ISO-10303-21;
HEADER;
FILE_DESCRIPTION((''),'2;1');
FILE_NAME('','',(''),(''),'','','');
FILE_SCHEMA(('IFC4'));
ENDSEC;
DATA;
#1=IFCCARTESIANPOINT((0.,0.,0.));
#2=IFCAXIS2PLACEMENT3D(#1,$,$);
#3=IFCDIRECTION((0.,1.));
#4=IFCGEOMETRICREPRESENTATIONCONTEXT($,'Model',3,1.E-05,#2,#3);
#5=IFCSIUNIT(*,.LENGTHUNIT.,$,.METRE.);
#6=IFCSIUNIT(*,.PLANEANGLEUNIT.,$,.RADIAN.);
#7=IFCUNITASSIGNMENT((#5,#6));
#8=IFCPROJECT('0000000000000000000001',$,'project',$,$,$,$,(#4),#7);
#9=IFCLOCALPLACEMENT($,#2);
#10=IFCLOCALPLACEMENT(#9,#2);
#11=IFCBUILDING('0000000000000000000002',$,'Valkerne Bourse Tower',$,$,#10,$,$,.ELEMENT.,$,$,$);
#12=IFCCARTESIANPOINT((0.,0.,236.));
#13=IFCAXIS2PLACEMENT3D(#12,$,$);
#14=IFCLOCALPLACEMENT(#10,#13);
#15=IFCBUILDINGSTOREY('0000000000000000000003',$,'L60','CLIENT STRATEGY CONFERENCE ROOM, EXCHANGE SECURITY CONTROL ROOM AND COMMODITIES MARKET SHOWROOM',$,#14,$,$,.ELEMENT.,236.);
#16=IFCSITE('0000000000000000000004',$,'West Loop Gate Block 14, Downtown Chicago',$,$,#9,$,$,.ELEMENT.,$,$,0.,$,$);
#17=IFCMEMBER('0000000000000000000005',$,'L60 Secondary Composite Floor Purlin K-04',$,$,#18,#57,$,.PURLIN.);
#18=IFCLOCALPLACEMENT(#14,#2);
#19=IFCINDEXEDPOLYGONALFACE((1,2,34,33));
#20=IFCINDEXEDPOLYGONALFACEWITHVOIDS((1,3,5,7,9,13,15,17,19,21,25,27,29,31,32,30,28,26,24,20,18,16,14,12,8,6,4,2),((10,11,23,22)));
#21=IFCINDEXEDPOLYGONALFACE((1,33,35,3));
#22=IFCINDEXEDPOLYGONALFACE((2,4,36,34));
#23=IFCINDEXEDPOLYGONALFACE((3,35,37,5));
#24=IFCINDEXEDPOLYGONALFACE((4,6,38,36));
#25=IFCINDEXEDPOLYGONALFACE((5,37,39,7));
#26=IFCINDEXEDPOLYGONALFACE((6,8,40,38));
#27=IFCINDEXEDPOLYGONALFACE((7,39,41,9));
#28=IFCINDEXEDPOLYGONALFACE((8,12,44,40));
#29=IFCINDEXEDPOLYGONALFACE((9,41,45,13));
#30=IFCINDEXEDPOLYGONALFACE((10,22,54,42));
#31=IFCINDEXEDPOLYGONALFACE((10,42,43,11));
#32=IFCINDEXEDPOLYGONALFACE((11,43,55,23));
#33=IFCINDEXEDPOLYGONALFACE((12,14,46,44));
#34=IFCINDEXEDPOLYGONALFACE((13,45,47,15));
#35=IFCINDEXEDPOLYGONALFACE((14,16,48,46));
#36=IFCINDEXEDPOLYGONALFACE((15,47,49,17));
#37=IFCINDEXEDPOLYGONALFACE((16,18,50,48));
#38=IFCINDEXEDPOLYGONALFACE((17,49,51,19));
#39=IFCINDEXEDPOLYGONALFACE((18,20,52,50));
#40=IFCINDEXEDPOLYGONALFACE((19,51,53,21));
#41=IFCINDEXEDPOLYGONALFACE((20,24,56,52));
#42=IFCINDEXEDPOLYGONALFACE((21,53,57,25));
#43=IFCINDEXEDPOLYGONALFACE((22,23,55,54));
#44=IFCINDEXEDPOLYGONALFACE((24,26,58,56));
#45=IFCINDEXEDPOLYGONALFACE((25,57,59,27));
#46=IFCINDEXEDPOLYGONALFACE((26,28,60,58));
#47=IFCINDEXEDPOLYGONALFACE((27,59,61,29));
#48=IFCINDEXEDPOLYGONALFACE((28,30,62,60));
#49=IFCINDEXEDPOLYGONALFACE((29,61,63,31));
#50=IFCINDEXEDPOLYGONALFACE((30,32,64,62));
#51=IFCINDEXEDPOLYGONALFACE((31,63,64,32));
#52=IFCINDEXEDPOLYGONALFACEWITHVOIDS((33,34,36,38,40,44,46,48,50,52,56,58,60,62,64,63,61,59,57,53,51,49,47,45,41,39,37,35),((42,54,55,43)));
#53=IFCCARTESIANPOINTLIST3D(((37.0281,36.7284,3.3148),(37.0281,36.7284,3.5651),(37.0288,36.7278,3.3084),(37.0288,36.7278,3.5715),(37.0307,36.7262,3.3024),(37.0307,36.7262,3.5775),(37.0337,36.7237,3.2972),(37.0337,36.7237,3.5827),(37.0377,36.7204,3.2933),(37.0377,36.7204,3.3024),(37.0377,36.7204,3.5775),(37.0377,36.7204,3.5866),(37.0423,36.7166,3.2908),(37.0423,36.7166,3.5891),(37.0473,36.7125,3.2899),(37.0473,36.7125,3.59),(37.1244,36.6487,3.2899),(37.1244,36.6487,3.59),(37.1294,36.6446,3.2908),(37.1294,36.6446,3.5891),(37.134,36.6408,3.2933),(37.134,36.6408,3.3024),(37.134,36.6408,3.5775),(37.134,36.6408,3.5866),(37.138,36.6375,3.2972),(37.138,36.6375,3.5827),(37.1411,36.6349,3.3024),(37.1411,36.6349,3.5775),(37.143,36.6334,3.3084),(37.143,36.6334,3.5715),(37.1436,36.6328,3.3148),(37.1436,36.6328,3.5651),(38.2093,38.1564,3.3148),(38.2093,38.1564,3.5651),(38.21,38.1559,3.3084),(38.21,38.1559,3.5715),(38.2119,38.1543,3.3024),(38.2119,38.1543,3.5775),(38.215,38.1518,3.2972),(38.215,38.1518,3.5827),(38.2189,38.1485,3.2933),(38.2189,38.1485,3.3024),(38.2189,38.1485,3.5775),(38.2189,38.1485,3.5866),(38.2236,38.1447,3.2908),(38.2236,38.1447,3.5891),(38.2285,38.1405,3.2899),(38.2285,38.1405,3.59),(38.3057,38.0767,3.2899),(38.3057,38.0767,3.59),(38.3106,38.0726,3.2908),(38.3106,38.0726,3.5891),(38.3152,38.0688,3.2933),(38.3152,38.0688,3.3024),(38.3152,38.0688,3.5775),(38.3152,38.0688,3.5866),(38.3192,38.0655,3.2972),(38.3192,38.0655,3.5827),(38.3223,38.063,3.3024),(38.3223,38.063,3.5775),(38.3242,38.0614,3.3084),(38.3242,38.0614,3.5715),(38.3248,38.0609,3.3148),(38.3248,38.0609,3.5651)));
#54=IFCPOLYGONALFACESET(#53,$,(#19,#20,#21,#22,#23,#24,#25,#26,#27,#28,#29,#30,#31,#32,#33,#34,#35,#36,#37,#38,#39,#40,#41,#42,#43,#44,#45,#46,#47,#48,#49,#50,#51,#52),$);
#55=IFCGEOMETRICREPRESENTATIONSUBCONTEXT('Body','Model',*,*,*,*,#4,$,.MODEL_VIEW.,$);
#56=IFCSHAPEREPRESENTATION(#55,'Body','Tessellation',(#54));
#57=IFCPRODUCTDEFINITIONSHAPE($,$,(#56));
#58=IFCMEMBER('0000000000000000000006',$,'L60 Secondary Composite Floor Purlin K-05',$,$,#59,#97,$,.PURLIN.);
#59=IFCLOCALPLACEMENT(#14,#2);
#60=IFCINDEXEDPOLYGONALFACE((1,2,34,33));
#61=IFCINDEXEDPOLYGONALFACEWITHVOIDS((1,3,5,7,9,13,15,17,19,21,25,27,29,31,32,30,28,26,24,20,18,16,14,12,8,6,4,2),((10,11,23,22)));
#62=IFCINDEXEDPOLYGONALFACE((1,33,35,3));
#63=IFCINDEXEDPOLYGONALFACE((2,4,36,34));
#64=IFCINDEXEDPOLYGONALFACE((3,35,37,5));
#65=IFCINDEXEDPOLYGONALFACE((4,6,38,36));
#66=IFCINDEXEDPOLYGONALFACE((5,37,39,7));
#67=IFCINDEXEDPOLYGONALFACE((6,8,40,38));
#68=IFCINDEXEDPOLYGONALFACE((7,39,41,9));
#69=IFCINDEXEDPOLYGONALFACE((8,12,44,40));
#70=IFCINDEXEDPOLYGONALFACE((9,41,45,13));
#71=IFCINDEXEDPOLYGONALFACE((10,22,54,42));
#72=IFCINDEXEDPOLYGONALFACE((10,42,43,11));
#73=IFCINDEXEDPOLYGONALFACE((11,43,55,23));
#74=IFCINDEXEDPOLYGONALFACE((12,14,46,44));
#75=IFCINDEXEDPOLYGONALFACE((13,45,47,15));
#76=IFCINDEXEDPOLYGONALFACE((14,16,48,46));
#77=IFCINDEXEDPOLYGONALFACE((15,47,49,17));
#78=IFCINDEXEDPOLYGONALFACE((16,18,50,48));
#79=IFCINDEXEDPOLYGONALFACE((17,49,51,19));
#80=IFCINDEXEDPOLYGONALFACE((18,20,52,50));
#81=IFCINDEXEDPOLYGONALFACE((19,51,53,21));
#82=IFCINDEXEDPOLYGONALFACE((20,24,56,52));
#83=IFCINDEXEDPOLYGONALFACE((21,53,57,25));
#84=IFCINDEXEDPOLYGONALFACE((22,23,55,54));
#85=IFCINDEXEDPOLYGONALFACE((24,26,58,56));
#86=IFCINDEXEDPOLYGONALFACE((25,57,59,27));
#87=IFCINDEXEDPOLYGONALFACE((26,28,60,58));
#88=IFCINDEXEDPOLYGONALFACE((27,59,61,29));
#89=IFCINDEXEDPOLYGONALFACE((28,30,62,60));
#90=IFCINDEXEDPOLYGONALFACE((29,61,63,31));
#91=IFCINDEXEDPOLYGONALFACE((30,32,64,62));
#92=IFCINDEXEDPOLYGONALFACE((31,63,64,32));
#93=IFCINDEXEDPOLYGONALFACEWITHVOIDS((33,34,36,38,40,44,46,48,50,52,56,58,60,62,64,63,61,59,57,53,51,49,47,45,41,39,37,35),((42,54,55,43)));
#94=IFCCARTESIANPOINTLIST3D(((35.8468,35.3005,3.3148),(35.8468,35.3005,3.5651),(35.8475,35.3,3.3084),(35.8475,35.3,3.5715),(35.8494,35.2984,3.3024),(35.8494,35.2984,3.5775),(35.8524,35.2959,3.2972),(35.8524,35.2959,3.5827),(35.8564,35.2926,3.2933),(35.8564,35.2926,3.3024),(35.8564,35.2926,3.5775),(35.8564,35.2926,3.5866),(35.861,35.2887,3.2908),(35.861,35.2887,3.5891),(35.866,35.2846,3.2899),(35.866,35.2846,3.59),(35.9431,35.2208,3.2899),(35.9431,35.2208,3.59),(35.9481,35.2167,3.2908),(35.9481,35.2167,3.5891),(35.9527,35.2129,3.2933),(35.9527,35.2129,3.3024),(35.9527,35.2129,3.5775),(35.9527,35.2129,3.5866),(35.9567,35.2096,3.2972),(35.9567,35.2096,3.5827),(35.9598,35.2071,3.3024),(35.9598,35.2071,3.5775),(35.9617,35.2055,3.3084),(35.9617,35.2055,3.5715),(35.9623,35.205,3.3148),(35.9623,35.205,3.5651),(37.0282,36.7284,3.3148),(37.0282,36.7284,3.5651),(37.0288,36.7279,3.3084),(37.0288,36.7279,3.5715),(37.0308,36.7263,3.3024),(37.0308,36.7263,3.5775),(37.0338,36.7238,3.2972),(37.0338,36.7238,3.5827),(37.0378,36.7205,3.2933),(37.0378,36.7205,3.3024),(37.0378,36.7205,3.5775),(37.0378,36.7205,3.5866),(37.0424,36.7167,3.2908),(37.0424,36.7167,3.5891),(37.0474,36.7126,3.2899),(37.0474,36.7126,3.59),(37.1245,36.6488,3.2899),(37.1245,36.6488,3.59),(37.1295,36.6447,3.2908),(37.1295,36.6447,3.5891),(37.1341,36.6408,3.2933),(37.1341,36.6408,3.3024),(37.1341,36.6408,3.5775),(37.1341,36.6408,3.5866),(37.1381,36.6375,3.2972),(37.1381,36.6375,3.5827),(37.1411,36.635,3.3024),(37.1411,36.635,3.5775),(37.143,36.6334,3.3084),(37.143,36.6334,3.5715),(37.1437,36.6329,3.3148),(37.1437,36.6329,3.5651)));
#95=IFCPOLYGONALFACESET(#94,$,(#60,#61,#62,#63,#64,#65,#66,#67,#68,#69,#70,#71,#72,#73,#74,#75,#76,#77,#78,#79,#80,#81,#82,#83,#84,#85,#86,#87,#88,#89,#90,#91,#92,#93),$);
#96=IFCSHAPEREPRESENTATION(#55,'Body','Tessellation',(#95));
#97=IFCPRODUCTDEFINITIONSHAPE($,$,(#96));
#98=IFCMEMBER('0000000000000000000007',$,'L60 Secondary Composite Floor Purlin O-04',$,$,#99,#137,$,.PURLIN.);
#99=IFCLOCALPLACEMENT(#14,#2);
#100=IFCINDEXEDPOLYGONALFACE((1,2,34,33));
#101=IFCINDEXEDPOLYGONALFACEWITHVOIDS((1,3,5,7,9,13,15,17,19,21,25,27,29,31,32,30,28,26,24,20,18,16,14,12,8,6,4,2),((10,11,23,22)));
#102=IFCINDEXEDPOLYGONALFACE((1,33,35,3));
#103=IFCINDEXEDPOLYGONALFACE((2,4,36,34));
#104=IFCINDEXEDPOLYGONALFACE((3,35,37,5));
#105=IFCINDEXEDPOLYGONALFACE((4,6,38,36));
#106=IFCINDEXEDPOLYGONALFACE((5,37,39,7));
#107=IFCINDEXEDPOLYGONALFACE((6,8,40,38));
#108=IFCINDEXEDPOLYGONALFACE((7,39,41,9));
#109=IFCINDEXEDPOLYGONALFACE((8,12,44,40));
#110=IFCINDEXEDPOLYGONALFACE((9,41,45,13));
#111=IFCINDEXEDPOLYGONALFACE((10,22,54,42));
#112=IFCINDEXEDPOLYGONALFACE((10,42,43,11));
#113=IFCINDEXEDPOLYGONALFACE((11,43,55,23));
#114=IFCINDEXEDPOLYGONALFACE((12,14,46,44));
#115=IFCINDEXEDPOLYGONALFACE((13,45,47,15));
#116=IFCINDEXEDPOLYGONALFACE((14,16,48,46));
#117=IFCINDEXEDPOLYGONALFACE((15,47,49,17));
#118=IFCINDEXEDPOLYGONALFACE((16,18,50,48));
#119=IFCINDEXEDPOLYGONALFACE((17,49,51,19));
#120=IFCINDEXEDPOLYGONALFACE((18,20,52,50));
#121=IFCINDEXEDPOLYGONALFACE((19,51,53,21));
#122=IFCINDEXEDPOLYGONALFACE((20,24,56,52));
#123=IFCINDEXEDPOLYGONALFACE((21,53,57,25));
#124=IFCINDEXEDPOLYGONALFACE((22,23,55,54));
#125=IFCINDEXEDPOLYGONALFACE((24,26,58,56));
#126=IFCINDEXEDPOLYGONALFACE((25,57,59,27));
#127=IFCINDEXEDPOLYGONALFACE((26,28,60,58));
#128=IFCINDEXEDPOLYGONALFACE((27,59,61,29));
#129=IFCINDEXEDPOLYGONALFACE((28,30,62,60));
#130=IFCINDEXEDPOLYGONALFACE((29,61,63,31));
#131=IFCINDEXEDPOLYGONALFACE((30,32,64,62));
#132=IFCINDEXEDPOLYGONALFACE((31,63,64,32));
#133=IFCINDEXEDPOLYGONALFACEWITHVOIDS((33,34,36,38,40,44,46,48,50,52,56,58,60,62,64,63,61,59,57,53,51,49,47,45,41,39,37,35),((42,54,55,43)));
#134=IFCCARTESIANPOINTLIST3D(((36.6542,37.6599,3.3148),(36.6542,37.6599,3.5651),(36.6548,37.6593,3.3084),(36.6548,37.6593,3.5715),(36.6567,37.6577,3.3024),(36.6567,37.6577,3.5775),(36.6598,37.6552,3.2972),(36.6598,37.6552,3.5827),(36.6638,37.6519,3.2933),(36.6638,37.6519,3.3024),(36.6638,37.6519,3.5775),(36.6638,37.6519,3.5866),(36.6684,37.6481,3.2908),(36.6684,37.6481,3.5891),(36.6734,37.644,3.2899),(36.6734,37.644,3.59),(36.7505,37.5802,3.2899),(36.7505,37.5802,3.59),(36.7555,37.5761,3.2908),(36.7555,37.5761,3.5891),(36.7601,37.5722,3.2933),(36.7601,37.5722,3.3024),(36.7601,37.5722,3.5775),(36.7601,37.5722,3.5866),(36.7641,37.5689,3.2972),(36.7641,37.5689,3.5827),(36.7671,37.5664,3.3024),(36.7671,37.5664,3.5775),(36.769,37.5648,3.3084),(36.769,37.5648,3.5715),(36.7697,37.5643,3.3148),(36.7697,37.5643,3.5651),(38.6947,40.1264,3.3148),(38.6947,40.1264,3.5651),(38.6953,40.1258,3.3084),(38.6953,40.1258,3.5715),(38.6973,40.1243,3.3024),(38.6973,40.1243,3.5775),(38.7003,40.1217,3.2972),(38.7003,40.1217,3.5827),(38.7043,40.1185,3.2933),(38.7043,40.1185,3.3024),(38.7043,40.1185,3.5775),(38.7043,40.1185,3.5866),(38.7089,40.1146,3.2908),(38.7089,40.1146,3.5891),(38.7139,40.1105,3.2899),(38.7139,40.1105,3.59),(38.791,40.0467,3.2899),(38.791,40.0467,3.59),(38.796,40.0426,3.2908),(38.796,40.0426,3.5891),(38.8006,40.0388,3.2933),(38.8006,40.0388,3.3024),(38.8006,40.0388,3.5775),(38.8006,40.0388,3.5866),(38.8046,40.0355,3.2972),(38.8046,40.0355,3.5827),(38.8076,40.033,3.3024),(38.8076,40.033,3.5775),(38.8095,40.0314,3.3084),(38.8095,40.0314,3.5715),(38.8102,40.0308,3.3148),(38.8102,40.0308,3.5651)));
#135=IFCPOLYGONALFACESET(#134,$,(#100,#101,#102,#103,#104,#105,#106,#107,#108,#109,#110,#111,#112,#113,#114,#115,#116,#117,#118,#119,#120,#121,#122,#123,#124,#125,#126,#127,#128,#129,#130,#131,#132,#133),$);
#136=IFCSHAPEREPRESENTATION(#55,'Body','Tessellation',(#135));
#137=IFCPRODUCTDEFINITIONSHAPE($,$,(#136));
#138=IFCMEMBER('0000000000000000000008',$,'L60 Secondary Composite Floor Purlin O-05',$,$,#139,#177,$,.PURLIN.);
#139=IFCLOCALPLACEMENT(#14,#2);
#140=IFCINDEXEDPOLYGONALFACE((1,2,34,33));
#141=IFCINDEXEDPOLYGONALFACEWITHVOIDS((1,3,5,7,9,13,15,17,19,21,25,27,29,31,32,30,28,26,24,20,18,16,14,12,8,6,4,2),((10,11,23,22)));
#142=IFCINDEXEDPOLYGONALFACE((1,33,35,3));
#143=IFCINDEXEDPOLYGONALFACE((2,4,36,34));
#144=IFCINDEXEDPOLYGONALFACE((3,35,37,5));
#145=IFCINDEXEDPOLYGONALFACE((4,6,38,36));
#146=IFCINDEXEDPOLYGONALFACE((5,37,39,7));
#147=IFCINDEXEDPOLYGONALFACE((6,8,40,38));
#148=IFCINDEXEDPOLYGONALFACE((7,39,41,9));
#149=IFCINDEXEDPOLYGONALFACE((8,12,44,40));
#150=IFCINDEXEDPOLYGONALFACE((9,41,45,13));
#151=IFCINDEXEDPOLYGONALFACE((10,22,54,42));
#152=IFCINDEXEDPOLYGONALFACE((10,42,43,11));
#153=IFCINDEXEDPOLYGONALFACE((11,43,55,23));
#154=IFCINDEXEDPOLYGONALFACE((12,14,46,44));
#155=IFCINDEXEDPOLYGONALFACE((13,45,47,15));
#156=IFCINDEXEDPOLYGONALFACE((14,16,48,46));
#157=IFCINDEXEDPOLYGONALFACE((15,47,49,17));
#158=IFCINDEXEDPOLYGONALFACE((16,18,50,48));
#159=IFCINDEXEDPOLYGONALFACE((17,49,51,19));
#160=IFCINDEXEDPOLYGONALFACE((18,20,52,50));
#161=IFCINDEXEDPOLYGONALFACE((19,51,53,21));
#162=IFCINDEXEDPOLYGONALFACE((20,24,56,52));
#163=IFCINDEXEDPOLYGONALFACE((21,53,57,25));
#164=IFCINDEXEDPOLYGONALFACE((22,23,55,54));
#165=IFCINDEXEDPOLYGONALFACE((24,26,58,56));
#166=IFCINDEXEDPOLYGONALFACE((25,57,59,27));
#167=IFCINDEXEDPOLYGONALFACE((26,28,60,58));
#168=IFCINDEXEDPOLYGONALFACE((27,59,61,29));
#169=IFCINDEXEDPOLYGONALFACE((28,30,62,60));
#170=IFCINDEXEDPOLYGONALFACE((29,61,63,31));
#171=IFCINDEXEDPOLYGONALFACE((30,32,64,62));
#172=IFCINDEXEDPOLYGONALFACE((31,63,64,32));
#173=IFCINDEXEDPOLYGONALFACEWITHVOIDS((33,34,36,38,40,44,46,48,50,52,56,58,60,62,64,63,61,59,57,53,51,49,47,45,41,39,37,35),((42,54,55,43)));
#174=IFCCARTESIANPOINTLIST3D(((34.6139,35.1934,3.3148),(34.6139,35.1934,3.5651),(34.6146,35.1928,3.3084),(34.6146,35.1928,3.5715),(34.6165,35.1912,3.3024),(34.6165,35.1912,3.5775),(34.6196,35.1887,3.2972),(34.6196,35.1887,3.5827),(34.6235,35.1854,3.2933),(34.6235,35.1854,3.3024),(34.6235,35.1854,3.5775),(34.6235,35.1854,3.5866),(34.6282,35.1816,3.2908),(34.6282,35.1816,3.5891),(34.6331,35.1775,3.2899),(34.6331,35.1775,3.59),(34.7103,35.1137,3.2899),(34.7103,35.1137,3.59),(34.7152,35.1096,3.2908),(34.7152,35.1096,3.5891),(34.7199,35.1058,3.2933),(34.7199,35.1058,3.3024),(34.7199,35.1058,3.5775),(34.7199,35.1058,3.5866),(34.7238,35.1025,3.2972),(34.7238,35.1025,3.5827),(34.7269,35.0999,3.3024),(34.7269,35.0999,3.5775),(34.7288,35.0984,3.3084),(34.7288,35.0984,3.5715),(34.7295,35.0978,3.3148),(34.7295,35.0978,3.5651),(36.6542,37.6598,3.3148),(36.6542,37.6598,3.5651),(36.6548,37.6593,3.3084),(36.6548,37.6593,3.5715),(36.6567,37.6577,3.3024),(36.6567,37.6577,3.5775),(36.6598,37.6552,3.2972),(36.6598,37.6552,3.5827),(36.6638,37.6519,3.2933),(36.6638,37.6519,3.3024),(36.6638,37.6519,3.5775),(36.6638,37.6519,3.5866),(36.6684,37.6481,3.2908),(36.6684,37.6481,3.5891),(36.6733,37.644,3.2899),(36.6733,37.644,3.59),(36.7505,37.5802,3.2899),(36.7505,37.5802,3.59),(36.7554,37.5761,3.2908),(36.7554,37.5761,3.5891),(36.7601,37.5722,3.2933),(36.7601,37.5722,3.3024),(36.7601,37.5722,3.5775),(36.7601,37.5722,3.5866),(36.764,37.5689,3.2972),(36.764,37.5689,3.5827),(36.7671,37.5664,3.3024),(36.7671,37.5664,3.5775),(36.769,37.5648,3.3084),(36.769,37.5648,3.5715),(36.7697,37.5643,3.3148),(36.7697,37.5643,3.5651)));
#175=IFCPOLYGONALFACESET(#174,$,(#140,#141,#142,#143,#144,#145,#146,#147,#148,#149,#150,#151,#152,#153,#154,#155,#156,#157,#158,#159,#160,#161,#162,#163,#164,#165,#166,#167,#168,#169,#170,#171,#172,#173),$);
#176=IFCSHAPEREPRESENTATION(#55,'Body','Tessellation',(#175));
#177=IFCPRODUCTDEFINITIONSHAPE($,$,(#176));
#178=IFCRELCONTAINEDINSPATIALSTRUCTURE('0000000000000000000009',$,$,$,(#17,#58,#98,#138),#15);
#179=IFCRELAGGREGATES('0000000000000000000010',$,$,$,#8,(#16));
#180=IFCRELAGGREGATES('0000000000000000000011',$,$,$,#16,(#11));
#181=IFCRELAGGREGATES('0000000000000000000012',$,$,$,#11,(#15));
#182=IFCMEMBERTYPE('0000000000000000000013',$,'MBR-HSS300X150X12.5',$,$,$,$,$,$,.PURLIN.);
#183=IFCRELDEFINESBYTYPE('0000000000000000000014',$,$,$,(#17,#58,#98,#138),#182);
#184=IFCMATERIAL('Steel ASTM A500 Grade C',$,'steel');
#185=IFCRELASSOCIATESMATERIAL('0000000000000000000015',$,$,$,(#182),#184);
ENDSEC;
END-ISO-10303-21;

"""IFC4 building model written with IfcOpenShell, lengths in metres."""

from ifc_helpers import new_model, si_unit, direction, frame, origin, origin_2d, place, context, subcontext, project, spatial, hollow_rectangle, extrude, material, material_profile, profile_set, type_object, element, save


model = new_model("IFC4")

# Units and contexts
model_context = context("Model", 3, precision=1e-05, world=origin(), true_north=direction((0.0, 1.0)))
body_context = subcontext(model_context, "Body", "Model", "MODEL_VIEW")
ifc_project = project(units=[si_unit("LENGTHUNIT", "METRE"), si_unit("PLANEANGLEUNIT", "RADIAN")], contexts=[model_context])

# Site, building, storey
site_placement = place(None, origin())
site = spatial("IfcSite", under=ifc_project, at=site_placement, Name="West Loop Gate Block 14, Downtown Chicago", CompositionType="ELEMENT", RefElevation=0.0)
building_placement = place(site_placement, origin())
building = spatial("IfcBuilding", under=site, at=building_placement, Name="Valkerne Bourse Tower", CompositionType="ELEMENT")
storey_placement = place(building_placement, frame((0.0, 0.0, 236.0)))
storey = spatial("IfcBuildingStorey", under=building, at=storey_placement, Name="L60", Description="CLIENT STRATEGY CONFERENCE ROOM, EXCHANGE SECURITY CONTROL ROOM AND COMMODITIES MARKET SHOWROOM", CompositionType="ELEMENT", Elevation=236.0)

# Members
ifc_material_1 = material(Name="Steel ASTM A500 Grade C", Category="steel")
ifc_material_profile_1 = material_profile(ifc_material_1, hollow_rectangle(XDim=0.1499, YDim=0.3, WallThickness=0.0125, OuterFilletRadius=0.0249, at=origin_2d()), Name="HSS300X150X12.5")
ifc_profile_set_1 = profile_set([ifc_material_profile_1], Name="Steel ASTM A500 Grade C")
member_type_1 = type_object("IfcMemberType", Name="MBR-HSS300X150X12.5", PredefinedType="PURLIN", material=ifc_profile_set_1)
for number, where, z_axis, x_axis, name in (
    (1, (38.2671, 38.1086, 3.4399), (-0.637368, -0.770559, 0.0), (0.770559, -0.637368, 0.0), "L60 Secondary Composite Floor Purlin K-04"),
    (2, (37.0859, 36.6807, 3.4399), (-0.637446, -0.770495, 0.0), (0.770495, -0.637446, 0.0), "L60 Secondary Composite Floor Purlin K-05"),
):
    element("IfcMember", number, at=place(storey_placement, frame(where, z_axis=z_axis, x_axis=x_axis)), inside=storey, type_object=member_type_1, Name=name, PredefinedType="PURLIN", context=body_context, shape_type="SweptSolid", body=[
        extrude(hollow_rectangle(XDim=0.1499, YDim=0.3, WallThickness=0.0125, OuterFilletRadius=0.0249, at=origin_2d()), origin(), (0.0, 0.0, 1.0), 1.8533),
    ])
member_1_placement = place(storey_placement, frame((38.7524, 40.0786, 3.4399), z_axis=(-0.637427, -0.770511, 0.0), x_axis=(0.770511, -0.637427, 0.0)))
element("IfcMember", 3, at=member_1_placement, inside=storey, type_object=member_type_1, Name="L60 Secondary Composite Floor Purlin O-04", PredefinedType="PURLIN", context=body_context, shape_type="SweptSolid", body=[
    extrude(hollow_rectangle(XDim=0.1499, YDim=0.3, WallThickness=0.0125, OuterFilletRadius=0.0249, at=origin_2d()), origin(), (0.0, 0.0, 1.0), 3.2012),
])
member_2_placement = place(storey_placement, frame((36.7119, 37.6121, 3.4399), z_axis=(-0.637382, -0.770548, 0.0), x_axis=(0.770548, -0.637382, 0.0)))
element("IfcMember", 4, at=member_2_placement, inside=storey, type_object=member_type_1, Name="L60 Secondary Composite Floor Purlin O-05", PredefinedType="PURLIN", context=body_context, shape_type="SweptSolid", body=[
    extrude(hollow_rectangle(XDim=0.1499, YDim=0.3, WallThickness=0.0125, OuterFilletRadius=0.0249, at=origin_2d()), origin(), (0.0, 0.0, 1.0), 3.2009),
])

save(model, "model.ifc")
